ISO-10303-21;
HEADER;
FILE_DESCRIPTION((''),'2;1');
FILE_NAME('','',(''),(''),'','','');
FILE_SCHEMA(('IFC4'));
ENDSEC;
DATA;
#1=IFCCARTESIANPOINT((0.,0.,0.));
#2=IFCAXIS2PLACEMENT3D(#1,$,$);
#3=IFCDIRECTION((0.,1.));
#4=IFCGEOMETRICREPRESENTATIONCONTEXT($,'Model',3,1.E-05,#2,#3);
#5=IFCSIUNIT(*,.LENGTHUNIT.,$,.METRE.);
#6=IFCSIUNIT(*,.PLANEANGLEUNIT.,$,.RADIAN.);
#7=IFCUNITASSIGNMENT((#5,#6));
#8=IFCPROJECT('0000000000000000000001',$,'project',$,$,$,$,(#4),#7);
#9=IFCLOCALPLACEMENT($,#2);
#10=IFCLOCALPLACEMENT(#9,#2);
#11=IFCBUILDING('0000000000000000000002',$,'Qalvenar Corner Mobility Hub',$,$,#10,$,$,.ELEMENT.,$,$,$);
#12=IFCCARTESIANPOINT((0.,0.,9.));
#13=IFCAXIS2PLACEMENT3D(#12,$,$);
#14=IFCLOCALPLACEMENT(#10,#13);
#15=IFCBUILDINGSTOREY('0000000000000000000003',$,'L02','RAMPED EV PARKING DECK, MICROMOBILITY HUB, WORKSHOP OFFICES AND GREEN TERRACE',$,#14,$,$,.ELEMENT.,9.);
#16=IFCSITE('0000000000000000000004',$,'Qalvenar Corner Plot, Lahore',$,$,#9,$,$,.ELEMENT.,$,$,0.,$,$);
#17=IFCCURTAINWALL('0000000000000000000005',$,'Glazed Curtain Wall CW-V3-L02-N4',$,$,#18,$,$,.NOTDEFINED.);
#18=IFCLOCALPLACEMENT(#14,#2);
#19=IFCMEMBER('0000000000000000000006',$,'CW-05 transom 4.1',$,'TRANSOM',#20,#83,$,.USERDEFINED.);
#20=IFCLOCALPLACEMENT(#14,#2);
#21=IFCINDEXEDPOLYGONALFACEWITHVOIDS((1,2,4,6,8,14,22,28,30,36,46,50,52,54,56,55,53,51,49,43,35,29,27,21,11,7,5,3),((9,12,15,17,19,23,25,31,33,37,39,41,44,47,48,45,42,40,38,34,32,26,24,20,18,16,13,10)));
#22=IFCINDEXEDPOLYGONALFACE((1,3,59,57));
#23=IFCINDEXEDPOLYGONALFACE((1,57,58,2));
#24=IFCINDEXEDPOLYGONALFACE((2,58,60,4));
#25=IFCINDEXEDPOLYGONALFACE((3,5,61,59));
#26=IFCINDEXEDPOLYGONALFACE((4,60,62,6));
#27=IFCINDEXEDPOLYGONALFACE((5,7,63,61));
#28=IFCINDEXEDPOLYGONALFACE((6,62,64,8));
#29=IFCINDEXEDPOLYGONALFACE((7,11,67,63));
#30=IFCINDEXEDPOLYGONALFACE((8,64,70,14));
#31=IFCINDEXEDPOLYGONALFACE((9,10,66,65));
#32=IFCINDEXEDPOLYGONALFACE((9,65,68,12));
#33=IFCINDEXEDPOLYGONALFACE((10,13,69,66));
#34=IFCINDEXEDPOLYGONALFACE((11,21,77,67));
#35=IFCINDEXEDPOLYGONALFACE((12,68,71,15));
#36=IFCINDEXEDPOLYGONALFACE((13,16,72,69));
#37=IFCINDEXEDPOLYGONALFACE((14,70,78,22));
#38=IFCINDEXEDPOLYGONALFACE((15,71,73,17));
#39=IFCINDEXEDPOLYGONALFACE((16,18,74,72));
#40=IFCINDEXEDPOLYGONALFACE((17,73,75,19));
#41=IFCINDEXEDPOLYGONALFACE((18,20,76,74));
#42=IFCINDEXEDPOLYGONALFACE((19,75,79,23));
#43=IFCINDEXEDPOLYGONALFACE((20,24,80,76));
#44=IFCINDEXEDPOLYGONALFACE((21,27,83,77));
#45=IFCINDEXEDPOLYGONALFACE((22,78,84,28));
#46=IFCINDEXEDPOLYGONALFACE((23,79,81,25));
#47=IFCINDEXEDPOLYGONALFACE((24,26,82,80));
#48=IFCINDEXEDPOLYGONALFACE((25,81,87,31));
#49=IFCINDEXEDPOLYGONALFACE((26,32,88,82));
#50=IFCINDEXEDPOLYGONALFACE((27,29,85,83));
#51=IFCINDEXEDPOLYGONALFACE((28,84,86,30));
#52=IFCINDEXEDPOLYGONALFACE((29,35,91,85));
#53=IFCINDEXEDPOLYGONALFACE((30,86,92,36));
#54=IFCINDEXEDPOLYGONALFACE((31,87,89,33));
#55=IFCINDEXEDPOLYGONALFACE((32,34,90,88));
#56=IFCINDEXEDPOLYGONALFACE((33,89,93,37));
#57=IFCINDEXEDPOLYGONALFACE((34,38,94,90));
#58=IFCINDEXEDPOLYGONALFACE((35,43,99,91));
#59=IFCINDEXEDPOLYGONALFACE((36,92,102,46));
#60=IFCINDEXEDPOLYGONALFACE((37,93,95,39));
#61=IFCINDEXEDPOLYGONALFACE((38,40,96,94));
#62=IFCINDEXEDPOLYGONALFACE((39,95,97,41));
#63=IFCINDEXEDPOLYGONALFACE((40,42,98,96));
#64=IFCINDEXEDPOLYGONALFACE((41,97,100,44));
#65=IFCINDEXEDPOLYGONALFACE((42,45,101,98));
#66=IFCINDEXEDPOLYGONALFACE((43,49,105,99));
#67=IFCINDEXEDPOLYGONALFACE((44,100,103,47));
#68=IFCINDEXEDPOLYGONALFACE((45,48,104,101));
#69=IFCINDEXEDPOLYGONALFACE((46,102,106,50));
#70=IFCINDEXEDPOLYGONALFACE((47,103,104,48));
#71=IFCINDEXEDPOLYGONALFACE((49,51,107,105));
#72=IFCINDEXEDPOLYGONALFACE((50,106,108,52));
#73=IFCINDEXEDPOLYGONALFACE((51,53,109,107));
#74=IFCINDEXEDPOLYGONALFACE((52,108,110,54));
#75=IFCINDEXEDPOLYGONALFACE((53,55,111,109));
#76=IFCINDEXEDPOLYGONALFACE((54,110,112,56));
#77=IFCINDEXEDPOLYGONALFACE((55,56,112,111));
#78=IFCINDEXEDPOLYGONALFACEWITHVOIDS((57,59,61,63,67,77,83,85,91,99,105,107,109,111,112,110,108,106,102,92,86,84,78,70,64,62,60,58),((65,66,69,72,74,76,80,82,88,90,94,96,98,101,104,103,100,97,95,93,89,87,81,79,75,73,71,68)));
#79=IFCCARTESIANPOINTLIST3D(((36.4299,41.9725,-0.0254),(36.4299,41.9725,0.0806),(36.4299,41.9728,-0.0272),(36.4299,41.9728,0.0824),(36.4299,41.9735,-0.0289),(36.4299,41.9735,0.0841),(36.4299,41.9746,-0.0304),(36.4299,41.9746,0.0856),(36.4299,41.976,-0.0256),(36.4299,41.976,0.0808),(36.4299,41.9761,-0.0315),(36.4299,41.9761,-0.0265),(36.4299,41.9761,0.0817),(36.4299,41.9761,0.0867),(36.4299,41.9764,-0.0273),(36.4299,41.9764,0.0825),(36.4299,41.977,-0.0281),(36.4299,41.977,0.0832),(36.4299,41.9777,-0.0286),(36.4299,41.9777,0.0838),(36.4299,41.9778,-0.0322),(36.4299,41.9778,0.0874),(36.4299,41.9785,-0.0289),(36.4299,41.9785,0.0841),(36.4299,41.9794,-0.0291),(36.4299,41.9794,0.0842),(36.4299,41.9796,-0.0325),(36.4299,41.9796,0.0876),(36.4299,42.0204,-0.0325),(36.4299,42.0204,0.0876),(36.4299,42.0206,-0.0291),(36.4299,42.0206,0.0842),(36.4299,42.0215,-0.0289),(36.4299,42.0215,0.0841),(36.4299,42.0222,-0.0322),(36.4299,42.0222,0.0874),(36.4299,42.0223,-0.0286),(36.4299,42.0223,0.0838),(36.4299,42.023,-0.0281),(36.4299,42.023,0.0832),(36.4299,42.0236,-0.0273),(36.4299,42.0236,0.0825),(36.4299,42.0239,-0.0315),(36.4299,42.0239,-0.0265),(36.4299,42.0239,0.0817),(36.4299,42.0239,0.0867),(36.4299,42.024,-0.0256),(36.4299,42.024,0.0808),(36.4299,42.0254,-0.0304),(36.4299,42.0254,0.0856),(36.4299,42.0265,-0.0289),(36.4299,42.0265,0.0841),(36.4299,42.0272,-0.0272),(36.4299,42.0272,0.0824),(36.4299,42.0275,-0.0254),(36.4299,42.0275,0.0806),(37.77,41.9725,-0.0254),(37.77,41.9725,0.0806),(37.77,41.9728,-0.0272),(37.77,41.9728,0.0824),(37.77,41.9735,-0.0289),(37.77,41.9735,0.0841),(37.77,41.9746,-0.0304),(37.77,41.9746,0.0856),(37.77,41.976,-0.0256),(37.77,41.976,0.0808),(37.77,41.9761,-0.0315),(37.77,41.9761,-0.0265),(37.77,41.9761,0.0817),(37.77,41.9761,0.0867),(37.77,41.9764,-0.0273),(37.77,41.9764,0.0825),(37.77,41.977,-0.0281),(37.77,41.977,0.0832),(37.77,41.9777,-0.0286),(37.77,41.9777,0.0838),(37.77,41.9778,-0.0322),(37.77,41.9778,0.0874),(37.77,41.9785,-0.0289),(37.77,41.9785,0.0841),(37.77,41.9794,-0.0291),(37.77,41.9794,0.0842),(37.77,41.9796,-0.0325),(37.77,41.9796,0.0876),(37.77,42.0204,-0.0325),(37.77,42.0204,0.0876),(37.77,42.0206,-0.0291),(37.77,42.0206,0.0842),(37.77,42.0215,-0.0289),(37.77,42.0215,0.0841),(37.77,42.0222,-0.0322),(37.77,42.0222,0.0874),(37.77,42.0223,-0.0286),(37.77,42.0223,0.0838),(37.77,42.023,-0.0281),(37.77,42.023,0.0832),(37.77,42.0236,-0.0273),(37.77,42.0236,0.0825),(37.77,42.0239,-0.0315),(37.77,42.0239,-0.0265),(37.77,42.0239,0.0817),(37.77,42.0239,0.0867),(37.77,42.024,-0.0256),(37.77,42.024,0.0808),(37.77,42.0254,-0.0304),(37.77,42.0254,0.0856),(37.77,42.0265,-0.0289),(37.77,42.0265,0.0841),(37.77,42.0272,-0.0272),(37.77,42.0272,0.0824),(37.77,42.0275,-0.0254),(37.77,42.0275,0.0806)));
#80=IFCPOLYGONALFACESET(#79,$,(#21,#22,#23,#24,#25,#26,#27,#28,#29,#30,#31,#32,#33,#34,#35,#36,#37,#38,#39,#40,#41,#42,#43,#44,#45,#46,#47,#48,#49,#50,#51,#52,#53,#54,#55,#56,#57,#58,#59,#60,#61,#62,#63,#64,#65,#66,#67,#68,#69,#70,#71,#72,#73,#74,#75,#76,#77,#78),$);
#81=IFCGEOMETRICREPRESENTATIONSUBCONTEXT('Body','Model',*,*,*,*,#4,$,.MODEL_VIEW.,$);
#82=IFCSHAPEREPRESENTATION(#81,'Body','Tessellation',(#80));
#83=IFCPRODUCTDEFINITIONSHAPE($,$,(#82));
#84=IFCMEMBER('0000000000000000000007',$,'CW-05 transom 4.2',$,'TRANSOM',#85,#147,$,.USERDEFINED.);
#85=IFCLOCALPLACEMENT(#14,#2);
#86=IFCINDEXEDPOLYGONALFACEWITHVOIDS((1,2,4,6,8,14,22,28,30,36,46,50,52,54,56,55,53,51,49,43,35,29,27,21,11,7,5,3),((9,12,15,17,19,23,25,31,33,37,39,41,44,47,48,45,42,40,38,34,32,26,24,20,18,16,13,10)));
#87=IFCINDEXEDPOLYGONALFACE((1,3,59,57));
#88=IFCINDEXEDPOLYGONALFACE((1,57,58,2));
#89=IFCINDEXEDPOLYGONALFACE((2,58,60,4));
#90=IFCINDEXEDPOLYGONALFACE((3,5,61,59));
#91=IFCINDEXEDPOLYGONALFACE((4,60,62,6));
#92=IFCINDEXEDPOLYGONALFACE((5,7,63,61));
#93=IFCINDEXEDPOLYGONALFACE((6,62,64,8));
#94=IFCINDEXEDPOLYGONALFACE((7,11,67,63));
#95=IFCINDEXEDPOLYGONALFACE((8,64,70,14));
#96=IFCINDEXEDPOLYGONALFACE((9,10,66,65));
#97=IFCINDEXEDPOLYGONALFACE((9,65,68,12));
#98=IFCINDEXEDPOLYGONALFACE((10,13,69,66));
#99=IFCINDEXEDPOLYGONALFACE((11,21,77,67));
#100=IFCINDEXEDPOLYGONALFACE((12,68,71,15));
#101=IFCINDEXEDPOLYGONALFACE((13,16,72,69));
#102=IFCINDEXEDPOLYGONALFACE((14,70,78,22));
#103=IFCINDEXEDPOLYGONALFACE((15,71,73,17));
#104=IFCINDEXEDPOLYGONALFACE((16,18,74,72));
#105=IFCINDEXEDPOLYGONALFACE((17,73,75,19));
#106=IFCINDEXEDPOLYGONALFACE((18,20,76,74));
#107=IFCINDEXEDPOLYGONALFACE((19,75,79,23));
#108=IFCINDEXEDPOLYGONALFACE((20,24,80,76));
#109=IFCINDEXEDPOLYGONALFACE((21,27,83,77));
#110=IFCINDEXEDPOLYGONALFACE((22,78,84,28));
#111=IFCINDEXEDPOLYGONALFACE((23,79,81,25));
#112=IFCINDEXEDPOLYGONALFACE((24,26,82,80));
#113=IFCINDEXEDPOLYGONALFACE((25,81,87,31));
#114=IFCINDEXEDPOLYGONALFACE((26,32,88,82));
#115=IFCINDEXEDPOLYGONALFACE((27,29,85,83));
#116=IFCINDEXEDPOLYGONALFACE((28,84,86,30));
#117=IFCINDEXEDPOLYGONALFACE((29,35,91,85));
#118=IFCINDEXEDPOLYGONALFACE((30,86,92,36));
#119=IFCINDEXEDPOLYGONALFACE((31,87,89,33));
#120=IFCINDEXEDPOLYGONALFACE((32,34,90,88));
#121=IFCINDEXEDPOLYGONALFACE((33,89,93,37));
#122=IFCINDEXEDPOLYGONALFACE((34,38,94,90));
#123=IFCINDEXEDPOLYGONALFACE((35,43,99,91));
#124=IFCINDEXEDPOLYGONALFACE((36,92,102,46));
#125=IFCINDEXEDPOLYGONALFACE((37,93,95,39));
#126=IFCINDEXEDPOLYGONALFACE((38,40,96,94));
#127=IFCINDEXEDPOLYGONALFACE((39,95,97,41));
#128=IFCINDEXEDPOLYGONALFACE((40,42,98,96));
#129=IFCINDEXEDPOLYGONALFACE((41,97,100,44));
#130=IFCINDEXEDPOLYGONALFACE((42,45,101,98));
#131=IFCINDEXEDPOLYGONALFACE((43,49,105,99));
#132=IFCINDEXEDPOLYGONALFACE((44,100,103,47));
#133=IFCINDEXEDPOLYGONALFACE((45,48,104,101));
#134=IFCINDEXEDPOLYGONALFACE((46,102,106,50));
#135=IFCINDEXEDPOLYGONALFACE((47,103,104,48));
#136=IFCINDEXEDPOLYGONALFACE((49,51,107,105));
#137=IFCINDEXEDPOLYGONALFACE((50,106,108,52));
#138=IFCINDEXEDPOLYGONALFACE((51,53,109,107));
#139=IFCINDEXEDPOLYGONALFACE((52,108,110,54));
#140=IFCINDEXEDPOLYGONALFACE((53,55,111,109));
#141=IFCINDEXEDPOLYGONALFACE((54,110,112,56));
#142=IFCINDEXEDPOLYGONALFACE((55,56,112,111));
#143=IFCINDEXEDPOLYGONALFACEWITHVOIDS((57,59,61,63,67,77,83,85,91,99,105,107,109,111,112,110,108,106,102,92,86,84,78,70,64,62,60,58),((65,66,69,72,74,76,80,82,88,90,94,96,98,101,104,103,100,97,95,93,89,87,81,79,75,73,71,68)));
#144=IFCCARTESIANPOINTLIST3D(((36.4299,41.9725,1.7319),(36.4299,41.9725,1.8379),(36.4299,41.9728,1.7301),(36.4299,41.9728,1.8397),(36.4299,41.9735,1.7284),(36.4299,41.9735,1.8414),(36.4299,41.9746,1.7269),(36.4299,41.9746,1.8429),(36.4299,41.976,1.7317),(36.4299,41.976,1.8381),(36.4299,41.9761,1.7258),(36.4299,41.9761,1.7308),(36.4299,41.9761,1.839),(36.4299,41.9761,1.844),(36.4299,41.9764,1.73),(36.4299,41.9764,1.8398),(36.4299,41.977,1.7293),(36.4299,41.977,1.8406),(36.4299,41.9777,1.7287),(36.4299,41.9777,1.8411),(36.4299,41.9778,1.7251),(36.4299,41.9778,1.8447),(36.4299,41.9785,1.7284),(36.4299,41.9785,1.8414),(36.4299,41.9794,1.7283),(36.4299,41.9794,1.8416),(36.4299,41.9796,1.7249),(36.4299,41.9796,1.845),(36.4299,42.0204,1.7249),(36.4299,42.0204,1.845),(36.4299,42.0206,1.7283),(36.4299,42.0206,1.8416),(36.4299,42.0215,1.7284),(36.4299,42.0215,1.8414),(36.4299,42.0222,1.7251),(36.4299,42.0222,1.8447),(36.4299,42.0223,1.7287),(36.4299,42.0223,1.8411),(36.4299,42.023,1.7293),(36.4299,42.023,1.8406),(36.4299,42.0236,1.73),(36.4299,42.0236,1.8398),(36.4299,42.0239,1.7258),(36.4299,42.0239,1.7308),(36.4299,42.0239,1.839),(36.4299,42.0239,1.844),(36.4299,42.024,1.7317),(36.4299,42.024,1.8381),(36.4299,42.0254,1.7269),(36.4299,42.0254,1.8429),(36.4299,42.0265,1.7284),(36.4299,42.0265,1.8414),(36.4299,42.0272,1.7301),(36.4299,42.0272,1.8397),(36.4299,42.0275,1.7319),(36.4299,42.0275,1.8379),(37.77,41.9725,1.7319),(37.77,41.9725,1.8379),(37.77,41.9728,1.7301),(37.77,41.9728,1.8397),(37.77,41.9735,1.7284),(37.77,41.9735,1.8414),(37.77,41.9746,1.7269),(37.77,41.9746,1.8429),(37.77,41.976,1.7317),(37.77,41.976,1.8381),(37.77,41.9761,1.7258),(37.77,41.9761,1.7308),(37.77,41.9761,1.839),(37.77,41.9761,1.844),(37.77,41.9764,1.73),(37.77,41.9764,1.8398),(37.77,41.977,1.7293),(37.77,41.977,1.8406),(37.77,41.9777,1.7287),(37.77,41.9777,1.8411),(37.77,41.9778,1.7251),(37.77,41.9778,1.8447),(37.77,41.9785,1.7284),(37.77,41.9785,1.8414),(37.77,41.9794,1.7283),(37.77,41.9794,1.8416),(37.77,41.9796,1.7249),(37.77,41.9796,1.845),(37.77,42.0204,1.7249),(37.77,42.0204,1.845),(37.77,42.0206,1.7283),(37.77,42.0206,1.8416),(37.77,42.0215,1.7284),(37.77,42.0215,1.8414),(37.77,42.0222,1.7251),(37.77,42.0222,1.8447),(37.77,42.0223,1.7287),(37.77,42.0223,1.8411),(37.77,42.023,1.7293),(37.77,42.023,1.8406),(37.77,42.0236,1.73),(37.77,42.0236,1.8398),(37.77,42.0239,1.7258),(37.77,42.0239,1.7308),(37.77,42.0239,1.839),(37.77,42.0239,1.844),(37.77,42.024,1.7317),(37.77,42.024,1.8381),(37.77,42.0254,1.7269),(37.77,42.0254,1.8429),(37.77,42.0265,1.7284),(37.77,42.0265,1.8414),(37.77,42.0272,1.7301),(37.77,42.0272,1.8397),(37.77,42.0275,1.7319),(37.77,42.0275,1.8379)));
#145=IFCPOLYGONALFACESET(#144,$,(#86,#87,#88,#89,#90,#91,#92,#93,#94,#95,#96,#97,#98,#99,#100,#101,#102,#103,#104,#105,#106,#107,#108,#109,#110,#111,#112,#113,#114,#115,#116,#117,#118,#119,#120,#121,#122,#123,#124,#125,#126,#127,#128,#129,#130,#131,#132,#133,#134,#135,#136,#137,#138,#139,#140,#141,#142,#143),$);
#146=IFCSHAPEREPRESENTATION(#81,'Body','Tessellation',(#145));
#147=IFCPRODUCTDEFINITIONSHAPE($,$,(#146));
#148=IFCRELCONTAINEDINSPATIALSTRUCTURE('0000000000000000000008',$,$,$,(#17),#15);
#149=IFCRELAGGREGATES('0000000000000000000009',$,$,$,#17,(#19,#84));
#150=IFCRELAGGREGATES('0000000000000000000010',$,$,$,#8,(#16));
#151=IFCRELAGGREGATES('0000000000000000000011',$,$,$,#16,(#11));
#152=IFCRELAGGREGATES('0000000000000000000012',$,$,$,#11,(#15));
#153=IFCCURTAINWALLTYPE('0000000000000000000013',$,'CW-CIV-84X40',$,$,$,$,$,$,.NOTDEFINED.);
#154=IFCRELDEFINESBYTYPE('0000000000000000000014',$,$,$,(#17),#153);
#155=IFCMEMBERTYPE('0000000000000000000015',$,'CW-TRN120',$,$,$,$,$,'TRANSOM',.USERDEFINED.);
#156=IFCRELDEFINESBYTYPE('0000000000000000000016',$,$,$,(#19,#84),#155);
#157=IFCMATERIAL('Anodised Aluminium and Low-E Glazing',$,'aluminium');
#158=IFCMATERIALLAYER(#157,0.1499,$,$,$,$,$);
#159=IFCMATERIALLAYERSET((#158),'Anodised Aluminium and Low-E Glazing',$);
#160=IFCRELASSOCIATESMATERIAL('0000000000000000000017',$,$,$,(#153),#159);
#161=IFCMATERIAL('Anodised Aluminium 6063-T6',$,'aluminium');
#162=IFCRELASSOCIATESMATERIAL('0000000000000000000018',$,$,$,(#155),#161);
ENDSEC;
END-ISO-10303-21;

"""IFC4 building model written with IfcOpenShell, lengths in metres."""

from ifc_helpers import new_model, si_unit, direction, frame, origin, origin_2d, place, context, subcontext, project, spatial, hollow_rectangle, extrude, material, layer, layer_set, material_profile, profile_set, type_object, element, aggregate, save


model = new_model("IFC4")

# Units and contexts
model_context = context("Model", 3, precision=1e-05, world=origin(), true_north=direction((0.0, 1.0)))
body_context = subcontext(model_context, "Body", "Model", "MODEL_VIEW")
ifc_project = project(units=[si_unit("LENGTHUNIT", "METRE"), si_unit("PLANEANGLEUNIT", "RADIAN")], contexts=[model_context])

# Site, building, storey
site_placement = place(None, origin())
site = spatial("IfcSite", under=ifc_project, at=site_placement, Name="Qalvenar Corner Plot, Lahore", CompositionType="ELEMENT", RefElevation=0.0)
building_placement = place(site_placement, origin())
building = spatial("IfcBuilding", under=site, at=building_placement, Name="Qalvenar Corner Mobility Hub", CompositionType="ELEMENT")
storey_placement = place(building_placement, frame((0.0, 0.0, 9.0)))
storey = spatial("IfcBuildingStorey", under=building, at=storey_placement, Name="L02", Description="RAMPED EV PARKING DECK, MICROMOBILITY HUB, WORKSHOP OFFICES AND GREEN TERRACE", CompositionType="ELEMENT", Elevation=9.0)

# Curtain wall, members
ifc_material_1 = material(Name="Anodised Aluminium and Low-E Glazing", Category="aluminium")
ifc_layer_1 = layer(ifc_material_1, 0.1499)
ifc_layer_set_1 = layer_set([ifc_layer_1], Name="Anodised Aluminium and Low-E Glazing")
curtain_wall_type = type_object("IfcCurtainWallType", Name="CW-CIV-84X40", PredefinedType="NOTDEFINED", material=ifc_layer_set_1)
curtain_wall_placement = place(storey_placement, origin())
curtain_wall = element("IfcCurtainWall", 1, at=curtain_wall_placement, inside=storey, type_object=curtain_wall_type, Name="Glazed Curtain Wall CW-V3-L02-N4", PredefinedType="NOTDEFINED")
ifc_material_2 = material(Name="Anodised Aluminium 6063-T6", Category="aluminium")
ifc_material_profile_1 = material_profile(ifc_material_2, hollow_rectangle(XDim=0.0549, YDim=0.1201, WallThickness=0.0034, InnerFilletRadius=0.0034, OuterFilletRadius=0.0071, at=origin_2d()), Name="RHS120x55x3.5")
ifc_profile_set_1 = profile_set([ifc_material_profile_1], Name="Anodised Aluminium 6063-T6")
member_type_1 = type_object("IfcMemberType", Name="CW-TRN120", ElementType="TRANSOM", PredefinedType="USERDEFINED", material=ifc_profile_set_1)
member_1_placement = place(storey_placement, frame((37.77, 42.0, 0.0276), z_axis=(-1.0, 0.0, 0.0), x_axis=(0.0, -1.0, 0.0)))
member_1 = element("IfcMember", 2, at=member_1_placement, type_object=member_type_1, Name="CW-05 transom 4.1", ObjectType="TRANSOM", PredefinedType="USERDEFINED", context=body_context, shape_type="SweptSolid", body=[
    extrude(hollow_rectangle(XDim=0.0549, YDim=0.1201, WallThickness=0.0034, InnerFilletRadius=0.0034, OuterFilletRadius=0.0071, at=origin_2d()), origin(), (0.0, 0.0, 1.0), 1.3401),
])
member_2_placement = place(storey_placement, frame((37.77, 42.0, 1.7849), z_axis=(-1.0, 0.0, 0.0), x_axis=(0.0, -1.0, 0.0)))
member_2 = element("IfcMember", 3, at=member_2_placement, type_object=member_type_1, Name="CW-05 transom 4.2", ObjectType="TRANSOM", PredefinedType="USERDEFINED", context=body_context, shape_type="SweptSolid", body=[
    extrude(hollow_rectangle(XDim=0.0549, YDim=0.1201, WallThickness=0.0034, InnerFilletRadius=0.0034, OuterFilletRadius=0.0071, at=origin_2d()), origin(), (0.0, 0.0, 1.0), 1.3401),
])
aggregate(curtain_wall, [member_1, member_2])

save(model, "model.ifc")
